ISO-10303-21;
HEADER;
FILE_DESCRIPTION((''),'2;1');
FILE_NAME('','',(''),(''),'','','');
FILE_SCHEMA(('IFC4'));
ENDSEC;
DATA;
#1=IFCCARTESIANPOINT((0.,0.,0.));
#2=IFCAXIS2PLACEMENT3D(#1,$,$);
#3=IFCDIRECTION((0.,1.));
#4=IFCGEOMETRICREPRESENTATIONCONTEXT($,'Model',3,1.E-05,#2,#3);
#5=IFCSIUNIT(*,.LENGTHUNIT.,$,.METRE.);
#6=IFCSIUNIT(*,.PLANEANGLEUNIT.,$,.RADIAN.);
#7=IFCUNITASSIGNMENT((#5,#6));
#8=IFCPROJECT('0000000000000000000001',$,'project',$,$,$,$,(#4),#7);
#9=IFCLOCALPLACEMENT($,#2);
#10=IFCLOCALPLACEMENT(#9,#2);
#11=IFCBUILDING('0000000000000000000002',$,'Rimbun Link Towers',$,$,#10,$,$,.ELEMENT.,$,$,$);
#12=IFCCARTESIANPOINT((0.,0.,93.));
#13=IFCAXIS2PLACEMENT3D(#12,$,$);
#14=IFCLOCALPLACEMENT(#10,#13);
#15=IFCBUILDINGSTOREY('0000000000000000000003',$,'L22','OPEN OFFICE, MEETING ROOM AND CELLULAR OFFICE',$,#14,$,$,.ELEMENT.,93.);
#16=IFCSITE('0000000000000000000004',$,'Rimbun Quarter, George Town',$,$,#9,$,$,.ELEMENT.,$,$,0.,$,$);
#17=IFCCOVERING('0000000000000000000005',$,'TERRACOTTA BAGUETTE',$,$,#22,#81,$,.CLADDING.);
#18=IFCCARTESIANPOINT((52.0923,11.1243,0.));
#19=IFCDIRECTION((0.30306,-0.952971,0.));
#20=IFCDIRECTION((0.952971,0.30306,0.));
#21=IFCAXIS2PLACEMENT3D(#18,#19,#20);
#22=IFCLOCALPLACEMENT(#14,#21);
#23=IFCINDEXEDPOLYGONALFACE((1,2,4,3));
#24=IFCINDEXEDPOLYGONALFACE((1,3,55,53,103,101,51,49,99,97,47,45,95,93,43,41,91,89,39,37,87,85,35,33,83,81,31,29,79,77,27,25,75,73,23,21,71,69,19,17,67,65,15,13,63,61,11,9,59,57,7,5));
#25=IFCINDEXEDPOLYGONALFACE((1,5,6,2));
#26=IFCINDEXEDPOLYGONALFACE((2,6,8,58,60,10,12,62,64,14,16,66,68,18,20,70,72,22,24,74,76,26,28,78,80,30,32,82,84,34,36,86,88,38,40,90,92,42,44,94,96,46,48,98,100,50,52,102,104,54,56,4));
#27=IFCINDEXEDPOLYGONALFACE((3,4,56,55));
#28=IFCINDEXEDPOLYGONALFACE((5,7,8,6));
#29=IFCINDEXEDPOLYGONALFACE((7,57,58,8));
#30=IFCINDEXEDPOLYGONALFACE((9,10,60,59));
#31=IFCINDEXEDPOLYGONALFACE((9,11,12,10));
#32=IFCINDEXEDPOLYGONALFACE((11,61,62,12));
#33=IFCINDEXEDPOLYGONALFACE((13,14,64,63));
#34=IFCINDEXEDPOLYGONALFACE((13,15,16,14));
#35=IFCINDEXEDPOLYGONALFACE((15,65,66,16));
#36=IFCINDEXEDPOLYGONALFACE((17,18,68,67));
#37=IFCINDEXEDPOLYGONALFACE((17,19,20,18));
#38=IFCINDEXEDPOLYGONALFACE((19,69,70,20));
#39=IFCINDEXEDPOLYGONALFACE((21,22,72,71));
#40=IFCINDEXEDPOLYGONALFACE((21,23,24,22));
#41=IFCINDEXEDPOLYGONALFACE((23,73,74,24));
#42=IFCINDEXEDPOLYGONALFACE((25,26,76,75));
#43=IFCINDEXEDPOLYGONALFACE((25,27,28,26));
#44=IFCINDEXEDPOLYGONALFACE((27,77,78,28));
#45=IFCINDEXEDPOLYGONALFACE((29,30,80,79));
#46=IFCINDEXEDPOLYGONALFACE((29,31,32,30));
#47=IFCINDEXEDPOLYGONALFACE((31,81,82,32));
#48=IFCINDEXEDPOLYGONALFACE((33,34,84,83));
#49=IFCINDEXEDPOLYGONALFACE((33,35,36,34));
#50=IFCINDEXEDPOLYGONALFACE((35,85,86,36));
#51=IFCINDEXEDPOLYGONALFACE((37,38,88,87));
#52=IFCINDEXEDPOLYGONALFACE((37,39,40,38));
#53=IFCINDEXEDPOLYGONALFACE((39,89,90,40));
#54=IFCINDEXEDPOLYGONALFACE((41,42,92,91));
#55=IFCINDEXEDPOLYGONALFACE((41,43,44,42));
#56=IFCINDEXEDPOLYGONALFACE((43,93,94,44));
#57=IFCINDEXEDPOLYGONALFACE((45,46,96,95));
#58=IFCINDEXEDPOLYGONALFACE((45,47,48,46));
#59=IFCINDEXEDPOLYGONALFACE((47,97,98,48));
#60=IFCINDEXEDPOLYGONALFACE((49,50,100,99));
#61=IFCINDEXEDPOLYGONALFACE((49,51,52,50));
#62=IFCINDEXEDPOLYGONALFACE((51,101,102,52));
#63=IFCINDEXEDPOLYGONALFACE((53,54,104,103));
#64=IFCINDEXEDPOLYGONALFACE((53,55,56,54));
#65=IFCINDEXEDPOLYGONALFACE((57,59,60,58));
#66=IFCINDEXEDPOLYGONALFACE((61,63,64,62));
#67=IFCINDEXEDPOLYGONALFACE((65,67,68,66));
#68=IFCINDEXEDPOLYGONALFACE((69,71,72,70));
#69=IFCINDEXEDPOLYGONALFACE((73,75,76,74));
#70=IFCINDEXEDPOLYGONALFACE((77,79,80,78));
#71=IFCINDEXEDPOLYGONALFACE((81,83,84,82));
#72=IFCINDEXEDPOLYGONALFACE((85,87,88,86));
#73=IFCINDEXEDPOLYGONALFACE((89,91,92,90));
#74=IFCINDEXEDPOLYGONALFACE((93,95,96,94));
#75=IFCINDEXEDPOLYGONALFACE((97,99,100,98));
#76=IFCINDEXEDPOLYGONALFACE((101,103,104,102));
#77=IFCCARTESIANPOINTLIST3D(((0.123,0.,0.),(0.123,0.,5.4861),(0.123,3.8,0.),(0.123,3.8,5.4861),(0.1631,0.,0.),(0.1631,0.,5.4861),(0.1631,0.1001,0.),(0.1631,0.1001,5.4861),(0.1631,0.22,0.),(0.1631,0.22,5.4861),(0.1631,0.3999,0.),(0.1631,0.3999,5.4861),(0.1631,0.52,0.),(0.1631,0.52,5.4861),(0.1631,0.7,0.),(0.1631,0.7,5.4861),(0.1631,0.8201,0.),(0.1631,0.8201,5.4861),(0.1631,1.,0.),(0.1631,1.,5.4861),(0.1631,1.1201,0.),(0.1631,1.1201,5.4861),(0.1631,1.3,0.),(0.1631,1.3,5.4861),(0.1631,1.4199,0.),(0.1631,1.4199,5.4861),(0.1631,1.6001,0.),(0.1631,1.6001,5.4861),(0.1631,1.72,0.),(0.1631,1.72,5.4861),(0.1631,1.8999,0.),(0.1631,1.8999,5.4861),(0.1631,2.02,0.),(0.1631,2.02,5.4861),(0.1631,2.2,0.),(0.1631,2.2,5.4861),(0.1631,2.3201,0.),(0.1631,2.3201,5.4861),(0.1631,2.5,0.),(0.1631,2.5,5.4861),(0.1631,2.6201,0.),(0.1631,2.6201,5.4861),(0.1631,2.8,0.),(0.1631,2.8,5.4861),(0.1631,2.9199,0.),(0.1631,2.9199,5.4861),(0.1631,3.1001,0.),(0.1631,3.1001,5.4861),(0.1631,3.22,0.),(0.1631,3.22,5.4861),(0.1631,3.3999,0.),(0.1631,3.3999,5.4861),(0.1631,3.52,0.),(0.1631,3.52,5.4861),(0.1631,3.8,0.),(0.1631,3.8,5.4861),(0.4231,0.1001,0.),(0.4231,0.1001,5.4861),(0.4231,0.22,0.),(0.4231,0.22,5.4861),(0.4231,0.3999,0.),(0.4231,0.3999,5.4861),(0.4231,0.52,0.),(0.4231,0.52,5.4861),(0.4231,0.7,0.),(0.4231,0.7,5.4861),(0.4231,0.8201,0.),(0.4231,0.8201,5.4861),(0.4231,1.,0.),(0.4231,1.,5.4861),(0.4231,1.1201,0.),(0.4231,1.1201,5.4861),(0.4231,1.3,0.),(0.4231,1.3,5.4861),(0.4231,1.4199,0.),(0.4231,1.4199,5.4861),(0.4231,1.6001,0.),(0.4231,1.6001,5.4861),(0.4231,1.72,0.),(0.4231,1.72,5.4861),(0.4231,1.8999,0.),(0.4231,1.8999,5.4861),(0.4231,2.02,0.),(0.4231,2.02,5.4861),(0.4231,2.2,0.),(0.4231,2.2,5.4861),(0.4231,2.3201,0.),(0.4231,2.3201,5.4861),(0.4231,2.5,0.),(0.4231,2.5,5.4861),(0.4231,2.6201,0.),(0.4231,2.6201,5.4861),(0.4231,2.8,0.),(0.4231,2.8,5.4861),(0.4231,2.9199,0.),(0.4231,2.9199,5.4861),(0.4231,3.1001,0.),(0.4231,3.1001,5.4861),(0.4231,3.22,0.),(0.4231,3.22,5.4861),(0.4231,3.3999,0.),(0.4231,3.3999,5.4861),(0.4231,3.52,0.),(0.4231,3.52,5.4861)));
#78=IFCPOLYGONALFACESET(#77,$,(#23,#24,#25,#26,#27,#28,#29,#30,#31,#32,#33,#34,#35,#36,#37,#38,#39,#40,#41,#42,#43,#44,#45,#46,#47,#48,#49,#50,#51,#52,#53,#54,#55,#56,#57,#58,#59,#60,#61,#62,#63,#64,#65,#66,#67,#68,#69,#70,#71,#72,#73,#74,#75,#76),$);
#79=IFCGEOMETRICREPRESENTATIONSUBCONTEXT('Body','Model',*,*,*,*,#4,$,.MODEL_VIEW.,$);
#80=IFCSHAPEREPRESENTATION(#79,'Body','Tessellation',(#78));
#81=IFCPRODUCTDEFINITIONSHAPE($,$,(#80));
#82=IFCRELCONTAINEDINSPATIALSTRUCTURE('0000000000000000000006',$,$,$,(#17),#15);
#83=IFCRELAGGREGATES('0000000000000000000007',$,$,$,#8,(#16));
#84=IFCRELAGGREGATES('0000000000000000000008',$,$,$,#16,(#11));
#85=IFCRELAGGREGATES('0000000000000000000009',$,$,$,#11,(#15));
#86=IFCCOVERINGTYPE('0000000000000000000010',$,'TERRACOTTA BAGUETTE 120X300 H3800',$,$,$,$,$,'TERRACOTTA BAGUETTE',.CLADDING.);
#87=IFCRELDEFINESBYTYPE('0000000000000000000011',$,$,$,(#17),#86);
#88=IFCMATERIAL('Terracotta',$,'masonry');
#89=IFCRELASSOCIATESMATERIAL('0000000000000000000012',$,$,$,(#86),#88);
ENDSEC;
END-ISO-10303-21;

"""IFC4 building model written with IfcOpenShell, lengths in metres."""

from ifc_helpers import new_model, si_unit, direction, frame, origin, place, context, subcontext, project, spatial, polyline, outline, extrude, material, material_profile, profile_set, type_object, element, save


model = new_model("IFC4")

# Units and contexts
model_context = context("Model", 3, precision=1e-05, world=origin(), true_north=direction((0.0, 1.0)))
body_context = subcontext(model_context, "Body", "Model", "MODEL_VIEW")
ifc_project = project(units=[si_unit("LENGTHUNIT", "METRE"), si_unit("PLANEANGLEUNIT", "RADIAN")], contexts=[model_context])

# Site, building, storey
site_placement = place(None, origin())
site = spatial("IfcSite", under=ifc_project, at=site_placement, Name="Rimbun Quarter, George Town", CompositionType="ELEMENT", RefElevation=0.0)
building_placement = place(site_placement, origin())
building = spatial("IfcBuilding", under=site, at=building_placement, Name="Rimbun Link Towers", CompositionType="ELEMENT")
storey_placement = place(building_placement, frame((0.0, 0.0, 93.0)))
storey = spatial("IfcBuildingStorey", under=building, at=storey_placement, Name="L22", Description="OPEN OFFICE, MEETING ROOM AND CELLULAR OFFICE", CompositionType="ELEMENT", Elevation=93.0)

# Covering
ifc_material_1 = material(Name="Terracotta", Category="masonry")
ifc_material_profile_1 = material_profile(ifc_material_1, outline(polyline([(0.123, 0.0), (0.1631, 0.0), (0.1631, 0.1001), (0.4231, 0.1001), (0.4231, 0.22), (0.1631, 0.22), (0.1631, 0.3999), (0.4231, 0.3999), (0.4231, 0.52), (0.1631, 0.52), (0.1631, 0.7), (0.4231, 0.7), (0.4231, 0.8201), (0.1631, 0.8201), (0.1631, 1.0), (0.4231, 1.0), (0.4231, 1.1201), (0.1631, 1.1201), (0.1631, 1.3), (0.4231, 1.3), (0.4231, 1.4199), (0.1631, 1.4199), (0.1631, 1.6001), (0.4231, 1.6001), (0.4231, 1.72), (0.1631, 1.72), (0.1631, 1.8999), (0.4231, 1.8999), (0.4231, 2.02), (0.1631, 2.02), (0.1631, 2.2), (0.4231, 2.2), (0.4231, 2.3201), (0.1631, 2.3201), (0.1631, 2.5), (0.4231, 2.5), (0.4231, 2.6201), (0.1631, 2.6201), (0.1631, 2.8), (0.4231, 2.8), (0.4231, 2.9199), (0.1631, 2.9199), (0.1631, 3.1001), (0.4231, 3.1001), (0.4231, 3.22), (0.1631, 3.22), (0.1631, 3.3999), (0.4231, 3.3999), (0.4231, 3.52), (0.1631, 3.52), (0.1631, 3.8), (0.123, 3.8), (0.123, 0.0)])), Name="BAGUETTE 120X300")
ifc_profile_set_1 = profile_set([ifc_material_profile_1], Name="Terracotta")
covering_type = type_object("IfcCoveringType", Name="TERRACOTTA BAGUETTE 120X300 H3800", ElementType="TERRACOTTA BAGUETTE", PredefinedType="CLADDING", material=ifc_profile_set_1)
covering_placement = place(storey_placement, frame((52.0923, 11.1243, 0.0), z_axis=(0.30306, -0.952971, 0.0), x_axis=(0.952971, 0.30306, 0.0)))
element("IfcCovering", 1, at=covering_placement, inside=storey, type_object=covering_type, Name="TERRACOTTA BAGUETTE", PredefinedType="CLADDING", context=body_context, shape_type="SweptSolid", body=[
    extrude(outline(polyline([(0.123, 0.0), (0.1631, 0.0), (0.1631, 0.1001), (0.4231, 0.1001), (0.4231, 0.22), (0.1631, 0.22), (0.1631, 0.3999), (0.4231, 0.3999), (0.4231, 0.52), (0.1631, 0.52), (0.1631, 0.7), (0.4231, 0.7), (0.4231, 0.8201), (0.1631, 0.8201), (0.1631, 1.0), (0.4231, 1.0), (0.4231, 1.1201), (0.1631, 1.1201), (0.1631, 1.3), (0.4231, 1.3), (0.4231, 1.4199), (0.1631, 1.4199), (0.1631, 1.6001), (0.4231, 1.6001), (0.4231, 1.72), (0.1631, 1.72), (0.1631, 1.8999), (0.4231, 1.8999), (0.4231, 2.02), (0.1631, 2.02), (0.1631, 2.2), (0.4231, 2.2), (0.4231, 2.3201), (0.1631, 2.3201), (0.1631, 2.5), (0.4231, 2.5), (0.4231, 2.6201), (0.1631, 2.6201), (0.1631, 2.8), (0.4231, 2.8), (0.4231, 2.9199), (0.1631, 2.9199), (0.1631, 3.1001), (0.4231, 3.1001), (0.4231, 3.22), (0.1631, 3.22), (0.1631, 3.3999), (0.4231, 3.3999), (0.4231, 3.52), (0.1631, 3.52), (0.1631, 3.8), (0.123, 3.8), (0.123, 0.0)])), origin(), (0.0, 0.0, 1.0), 5.4861),
])

save(model, "model.ifc")
